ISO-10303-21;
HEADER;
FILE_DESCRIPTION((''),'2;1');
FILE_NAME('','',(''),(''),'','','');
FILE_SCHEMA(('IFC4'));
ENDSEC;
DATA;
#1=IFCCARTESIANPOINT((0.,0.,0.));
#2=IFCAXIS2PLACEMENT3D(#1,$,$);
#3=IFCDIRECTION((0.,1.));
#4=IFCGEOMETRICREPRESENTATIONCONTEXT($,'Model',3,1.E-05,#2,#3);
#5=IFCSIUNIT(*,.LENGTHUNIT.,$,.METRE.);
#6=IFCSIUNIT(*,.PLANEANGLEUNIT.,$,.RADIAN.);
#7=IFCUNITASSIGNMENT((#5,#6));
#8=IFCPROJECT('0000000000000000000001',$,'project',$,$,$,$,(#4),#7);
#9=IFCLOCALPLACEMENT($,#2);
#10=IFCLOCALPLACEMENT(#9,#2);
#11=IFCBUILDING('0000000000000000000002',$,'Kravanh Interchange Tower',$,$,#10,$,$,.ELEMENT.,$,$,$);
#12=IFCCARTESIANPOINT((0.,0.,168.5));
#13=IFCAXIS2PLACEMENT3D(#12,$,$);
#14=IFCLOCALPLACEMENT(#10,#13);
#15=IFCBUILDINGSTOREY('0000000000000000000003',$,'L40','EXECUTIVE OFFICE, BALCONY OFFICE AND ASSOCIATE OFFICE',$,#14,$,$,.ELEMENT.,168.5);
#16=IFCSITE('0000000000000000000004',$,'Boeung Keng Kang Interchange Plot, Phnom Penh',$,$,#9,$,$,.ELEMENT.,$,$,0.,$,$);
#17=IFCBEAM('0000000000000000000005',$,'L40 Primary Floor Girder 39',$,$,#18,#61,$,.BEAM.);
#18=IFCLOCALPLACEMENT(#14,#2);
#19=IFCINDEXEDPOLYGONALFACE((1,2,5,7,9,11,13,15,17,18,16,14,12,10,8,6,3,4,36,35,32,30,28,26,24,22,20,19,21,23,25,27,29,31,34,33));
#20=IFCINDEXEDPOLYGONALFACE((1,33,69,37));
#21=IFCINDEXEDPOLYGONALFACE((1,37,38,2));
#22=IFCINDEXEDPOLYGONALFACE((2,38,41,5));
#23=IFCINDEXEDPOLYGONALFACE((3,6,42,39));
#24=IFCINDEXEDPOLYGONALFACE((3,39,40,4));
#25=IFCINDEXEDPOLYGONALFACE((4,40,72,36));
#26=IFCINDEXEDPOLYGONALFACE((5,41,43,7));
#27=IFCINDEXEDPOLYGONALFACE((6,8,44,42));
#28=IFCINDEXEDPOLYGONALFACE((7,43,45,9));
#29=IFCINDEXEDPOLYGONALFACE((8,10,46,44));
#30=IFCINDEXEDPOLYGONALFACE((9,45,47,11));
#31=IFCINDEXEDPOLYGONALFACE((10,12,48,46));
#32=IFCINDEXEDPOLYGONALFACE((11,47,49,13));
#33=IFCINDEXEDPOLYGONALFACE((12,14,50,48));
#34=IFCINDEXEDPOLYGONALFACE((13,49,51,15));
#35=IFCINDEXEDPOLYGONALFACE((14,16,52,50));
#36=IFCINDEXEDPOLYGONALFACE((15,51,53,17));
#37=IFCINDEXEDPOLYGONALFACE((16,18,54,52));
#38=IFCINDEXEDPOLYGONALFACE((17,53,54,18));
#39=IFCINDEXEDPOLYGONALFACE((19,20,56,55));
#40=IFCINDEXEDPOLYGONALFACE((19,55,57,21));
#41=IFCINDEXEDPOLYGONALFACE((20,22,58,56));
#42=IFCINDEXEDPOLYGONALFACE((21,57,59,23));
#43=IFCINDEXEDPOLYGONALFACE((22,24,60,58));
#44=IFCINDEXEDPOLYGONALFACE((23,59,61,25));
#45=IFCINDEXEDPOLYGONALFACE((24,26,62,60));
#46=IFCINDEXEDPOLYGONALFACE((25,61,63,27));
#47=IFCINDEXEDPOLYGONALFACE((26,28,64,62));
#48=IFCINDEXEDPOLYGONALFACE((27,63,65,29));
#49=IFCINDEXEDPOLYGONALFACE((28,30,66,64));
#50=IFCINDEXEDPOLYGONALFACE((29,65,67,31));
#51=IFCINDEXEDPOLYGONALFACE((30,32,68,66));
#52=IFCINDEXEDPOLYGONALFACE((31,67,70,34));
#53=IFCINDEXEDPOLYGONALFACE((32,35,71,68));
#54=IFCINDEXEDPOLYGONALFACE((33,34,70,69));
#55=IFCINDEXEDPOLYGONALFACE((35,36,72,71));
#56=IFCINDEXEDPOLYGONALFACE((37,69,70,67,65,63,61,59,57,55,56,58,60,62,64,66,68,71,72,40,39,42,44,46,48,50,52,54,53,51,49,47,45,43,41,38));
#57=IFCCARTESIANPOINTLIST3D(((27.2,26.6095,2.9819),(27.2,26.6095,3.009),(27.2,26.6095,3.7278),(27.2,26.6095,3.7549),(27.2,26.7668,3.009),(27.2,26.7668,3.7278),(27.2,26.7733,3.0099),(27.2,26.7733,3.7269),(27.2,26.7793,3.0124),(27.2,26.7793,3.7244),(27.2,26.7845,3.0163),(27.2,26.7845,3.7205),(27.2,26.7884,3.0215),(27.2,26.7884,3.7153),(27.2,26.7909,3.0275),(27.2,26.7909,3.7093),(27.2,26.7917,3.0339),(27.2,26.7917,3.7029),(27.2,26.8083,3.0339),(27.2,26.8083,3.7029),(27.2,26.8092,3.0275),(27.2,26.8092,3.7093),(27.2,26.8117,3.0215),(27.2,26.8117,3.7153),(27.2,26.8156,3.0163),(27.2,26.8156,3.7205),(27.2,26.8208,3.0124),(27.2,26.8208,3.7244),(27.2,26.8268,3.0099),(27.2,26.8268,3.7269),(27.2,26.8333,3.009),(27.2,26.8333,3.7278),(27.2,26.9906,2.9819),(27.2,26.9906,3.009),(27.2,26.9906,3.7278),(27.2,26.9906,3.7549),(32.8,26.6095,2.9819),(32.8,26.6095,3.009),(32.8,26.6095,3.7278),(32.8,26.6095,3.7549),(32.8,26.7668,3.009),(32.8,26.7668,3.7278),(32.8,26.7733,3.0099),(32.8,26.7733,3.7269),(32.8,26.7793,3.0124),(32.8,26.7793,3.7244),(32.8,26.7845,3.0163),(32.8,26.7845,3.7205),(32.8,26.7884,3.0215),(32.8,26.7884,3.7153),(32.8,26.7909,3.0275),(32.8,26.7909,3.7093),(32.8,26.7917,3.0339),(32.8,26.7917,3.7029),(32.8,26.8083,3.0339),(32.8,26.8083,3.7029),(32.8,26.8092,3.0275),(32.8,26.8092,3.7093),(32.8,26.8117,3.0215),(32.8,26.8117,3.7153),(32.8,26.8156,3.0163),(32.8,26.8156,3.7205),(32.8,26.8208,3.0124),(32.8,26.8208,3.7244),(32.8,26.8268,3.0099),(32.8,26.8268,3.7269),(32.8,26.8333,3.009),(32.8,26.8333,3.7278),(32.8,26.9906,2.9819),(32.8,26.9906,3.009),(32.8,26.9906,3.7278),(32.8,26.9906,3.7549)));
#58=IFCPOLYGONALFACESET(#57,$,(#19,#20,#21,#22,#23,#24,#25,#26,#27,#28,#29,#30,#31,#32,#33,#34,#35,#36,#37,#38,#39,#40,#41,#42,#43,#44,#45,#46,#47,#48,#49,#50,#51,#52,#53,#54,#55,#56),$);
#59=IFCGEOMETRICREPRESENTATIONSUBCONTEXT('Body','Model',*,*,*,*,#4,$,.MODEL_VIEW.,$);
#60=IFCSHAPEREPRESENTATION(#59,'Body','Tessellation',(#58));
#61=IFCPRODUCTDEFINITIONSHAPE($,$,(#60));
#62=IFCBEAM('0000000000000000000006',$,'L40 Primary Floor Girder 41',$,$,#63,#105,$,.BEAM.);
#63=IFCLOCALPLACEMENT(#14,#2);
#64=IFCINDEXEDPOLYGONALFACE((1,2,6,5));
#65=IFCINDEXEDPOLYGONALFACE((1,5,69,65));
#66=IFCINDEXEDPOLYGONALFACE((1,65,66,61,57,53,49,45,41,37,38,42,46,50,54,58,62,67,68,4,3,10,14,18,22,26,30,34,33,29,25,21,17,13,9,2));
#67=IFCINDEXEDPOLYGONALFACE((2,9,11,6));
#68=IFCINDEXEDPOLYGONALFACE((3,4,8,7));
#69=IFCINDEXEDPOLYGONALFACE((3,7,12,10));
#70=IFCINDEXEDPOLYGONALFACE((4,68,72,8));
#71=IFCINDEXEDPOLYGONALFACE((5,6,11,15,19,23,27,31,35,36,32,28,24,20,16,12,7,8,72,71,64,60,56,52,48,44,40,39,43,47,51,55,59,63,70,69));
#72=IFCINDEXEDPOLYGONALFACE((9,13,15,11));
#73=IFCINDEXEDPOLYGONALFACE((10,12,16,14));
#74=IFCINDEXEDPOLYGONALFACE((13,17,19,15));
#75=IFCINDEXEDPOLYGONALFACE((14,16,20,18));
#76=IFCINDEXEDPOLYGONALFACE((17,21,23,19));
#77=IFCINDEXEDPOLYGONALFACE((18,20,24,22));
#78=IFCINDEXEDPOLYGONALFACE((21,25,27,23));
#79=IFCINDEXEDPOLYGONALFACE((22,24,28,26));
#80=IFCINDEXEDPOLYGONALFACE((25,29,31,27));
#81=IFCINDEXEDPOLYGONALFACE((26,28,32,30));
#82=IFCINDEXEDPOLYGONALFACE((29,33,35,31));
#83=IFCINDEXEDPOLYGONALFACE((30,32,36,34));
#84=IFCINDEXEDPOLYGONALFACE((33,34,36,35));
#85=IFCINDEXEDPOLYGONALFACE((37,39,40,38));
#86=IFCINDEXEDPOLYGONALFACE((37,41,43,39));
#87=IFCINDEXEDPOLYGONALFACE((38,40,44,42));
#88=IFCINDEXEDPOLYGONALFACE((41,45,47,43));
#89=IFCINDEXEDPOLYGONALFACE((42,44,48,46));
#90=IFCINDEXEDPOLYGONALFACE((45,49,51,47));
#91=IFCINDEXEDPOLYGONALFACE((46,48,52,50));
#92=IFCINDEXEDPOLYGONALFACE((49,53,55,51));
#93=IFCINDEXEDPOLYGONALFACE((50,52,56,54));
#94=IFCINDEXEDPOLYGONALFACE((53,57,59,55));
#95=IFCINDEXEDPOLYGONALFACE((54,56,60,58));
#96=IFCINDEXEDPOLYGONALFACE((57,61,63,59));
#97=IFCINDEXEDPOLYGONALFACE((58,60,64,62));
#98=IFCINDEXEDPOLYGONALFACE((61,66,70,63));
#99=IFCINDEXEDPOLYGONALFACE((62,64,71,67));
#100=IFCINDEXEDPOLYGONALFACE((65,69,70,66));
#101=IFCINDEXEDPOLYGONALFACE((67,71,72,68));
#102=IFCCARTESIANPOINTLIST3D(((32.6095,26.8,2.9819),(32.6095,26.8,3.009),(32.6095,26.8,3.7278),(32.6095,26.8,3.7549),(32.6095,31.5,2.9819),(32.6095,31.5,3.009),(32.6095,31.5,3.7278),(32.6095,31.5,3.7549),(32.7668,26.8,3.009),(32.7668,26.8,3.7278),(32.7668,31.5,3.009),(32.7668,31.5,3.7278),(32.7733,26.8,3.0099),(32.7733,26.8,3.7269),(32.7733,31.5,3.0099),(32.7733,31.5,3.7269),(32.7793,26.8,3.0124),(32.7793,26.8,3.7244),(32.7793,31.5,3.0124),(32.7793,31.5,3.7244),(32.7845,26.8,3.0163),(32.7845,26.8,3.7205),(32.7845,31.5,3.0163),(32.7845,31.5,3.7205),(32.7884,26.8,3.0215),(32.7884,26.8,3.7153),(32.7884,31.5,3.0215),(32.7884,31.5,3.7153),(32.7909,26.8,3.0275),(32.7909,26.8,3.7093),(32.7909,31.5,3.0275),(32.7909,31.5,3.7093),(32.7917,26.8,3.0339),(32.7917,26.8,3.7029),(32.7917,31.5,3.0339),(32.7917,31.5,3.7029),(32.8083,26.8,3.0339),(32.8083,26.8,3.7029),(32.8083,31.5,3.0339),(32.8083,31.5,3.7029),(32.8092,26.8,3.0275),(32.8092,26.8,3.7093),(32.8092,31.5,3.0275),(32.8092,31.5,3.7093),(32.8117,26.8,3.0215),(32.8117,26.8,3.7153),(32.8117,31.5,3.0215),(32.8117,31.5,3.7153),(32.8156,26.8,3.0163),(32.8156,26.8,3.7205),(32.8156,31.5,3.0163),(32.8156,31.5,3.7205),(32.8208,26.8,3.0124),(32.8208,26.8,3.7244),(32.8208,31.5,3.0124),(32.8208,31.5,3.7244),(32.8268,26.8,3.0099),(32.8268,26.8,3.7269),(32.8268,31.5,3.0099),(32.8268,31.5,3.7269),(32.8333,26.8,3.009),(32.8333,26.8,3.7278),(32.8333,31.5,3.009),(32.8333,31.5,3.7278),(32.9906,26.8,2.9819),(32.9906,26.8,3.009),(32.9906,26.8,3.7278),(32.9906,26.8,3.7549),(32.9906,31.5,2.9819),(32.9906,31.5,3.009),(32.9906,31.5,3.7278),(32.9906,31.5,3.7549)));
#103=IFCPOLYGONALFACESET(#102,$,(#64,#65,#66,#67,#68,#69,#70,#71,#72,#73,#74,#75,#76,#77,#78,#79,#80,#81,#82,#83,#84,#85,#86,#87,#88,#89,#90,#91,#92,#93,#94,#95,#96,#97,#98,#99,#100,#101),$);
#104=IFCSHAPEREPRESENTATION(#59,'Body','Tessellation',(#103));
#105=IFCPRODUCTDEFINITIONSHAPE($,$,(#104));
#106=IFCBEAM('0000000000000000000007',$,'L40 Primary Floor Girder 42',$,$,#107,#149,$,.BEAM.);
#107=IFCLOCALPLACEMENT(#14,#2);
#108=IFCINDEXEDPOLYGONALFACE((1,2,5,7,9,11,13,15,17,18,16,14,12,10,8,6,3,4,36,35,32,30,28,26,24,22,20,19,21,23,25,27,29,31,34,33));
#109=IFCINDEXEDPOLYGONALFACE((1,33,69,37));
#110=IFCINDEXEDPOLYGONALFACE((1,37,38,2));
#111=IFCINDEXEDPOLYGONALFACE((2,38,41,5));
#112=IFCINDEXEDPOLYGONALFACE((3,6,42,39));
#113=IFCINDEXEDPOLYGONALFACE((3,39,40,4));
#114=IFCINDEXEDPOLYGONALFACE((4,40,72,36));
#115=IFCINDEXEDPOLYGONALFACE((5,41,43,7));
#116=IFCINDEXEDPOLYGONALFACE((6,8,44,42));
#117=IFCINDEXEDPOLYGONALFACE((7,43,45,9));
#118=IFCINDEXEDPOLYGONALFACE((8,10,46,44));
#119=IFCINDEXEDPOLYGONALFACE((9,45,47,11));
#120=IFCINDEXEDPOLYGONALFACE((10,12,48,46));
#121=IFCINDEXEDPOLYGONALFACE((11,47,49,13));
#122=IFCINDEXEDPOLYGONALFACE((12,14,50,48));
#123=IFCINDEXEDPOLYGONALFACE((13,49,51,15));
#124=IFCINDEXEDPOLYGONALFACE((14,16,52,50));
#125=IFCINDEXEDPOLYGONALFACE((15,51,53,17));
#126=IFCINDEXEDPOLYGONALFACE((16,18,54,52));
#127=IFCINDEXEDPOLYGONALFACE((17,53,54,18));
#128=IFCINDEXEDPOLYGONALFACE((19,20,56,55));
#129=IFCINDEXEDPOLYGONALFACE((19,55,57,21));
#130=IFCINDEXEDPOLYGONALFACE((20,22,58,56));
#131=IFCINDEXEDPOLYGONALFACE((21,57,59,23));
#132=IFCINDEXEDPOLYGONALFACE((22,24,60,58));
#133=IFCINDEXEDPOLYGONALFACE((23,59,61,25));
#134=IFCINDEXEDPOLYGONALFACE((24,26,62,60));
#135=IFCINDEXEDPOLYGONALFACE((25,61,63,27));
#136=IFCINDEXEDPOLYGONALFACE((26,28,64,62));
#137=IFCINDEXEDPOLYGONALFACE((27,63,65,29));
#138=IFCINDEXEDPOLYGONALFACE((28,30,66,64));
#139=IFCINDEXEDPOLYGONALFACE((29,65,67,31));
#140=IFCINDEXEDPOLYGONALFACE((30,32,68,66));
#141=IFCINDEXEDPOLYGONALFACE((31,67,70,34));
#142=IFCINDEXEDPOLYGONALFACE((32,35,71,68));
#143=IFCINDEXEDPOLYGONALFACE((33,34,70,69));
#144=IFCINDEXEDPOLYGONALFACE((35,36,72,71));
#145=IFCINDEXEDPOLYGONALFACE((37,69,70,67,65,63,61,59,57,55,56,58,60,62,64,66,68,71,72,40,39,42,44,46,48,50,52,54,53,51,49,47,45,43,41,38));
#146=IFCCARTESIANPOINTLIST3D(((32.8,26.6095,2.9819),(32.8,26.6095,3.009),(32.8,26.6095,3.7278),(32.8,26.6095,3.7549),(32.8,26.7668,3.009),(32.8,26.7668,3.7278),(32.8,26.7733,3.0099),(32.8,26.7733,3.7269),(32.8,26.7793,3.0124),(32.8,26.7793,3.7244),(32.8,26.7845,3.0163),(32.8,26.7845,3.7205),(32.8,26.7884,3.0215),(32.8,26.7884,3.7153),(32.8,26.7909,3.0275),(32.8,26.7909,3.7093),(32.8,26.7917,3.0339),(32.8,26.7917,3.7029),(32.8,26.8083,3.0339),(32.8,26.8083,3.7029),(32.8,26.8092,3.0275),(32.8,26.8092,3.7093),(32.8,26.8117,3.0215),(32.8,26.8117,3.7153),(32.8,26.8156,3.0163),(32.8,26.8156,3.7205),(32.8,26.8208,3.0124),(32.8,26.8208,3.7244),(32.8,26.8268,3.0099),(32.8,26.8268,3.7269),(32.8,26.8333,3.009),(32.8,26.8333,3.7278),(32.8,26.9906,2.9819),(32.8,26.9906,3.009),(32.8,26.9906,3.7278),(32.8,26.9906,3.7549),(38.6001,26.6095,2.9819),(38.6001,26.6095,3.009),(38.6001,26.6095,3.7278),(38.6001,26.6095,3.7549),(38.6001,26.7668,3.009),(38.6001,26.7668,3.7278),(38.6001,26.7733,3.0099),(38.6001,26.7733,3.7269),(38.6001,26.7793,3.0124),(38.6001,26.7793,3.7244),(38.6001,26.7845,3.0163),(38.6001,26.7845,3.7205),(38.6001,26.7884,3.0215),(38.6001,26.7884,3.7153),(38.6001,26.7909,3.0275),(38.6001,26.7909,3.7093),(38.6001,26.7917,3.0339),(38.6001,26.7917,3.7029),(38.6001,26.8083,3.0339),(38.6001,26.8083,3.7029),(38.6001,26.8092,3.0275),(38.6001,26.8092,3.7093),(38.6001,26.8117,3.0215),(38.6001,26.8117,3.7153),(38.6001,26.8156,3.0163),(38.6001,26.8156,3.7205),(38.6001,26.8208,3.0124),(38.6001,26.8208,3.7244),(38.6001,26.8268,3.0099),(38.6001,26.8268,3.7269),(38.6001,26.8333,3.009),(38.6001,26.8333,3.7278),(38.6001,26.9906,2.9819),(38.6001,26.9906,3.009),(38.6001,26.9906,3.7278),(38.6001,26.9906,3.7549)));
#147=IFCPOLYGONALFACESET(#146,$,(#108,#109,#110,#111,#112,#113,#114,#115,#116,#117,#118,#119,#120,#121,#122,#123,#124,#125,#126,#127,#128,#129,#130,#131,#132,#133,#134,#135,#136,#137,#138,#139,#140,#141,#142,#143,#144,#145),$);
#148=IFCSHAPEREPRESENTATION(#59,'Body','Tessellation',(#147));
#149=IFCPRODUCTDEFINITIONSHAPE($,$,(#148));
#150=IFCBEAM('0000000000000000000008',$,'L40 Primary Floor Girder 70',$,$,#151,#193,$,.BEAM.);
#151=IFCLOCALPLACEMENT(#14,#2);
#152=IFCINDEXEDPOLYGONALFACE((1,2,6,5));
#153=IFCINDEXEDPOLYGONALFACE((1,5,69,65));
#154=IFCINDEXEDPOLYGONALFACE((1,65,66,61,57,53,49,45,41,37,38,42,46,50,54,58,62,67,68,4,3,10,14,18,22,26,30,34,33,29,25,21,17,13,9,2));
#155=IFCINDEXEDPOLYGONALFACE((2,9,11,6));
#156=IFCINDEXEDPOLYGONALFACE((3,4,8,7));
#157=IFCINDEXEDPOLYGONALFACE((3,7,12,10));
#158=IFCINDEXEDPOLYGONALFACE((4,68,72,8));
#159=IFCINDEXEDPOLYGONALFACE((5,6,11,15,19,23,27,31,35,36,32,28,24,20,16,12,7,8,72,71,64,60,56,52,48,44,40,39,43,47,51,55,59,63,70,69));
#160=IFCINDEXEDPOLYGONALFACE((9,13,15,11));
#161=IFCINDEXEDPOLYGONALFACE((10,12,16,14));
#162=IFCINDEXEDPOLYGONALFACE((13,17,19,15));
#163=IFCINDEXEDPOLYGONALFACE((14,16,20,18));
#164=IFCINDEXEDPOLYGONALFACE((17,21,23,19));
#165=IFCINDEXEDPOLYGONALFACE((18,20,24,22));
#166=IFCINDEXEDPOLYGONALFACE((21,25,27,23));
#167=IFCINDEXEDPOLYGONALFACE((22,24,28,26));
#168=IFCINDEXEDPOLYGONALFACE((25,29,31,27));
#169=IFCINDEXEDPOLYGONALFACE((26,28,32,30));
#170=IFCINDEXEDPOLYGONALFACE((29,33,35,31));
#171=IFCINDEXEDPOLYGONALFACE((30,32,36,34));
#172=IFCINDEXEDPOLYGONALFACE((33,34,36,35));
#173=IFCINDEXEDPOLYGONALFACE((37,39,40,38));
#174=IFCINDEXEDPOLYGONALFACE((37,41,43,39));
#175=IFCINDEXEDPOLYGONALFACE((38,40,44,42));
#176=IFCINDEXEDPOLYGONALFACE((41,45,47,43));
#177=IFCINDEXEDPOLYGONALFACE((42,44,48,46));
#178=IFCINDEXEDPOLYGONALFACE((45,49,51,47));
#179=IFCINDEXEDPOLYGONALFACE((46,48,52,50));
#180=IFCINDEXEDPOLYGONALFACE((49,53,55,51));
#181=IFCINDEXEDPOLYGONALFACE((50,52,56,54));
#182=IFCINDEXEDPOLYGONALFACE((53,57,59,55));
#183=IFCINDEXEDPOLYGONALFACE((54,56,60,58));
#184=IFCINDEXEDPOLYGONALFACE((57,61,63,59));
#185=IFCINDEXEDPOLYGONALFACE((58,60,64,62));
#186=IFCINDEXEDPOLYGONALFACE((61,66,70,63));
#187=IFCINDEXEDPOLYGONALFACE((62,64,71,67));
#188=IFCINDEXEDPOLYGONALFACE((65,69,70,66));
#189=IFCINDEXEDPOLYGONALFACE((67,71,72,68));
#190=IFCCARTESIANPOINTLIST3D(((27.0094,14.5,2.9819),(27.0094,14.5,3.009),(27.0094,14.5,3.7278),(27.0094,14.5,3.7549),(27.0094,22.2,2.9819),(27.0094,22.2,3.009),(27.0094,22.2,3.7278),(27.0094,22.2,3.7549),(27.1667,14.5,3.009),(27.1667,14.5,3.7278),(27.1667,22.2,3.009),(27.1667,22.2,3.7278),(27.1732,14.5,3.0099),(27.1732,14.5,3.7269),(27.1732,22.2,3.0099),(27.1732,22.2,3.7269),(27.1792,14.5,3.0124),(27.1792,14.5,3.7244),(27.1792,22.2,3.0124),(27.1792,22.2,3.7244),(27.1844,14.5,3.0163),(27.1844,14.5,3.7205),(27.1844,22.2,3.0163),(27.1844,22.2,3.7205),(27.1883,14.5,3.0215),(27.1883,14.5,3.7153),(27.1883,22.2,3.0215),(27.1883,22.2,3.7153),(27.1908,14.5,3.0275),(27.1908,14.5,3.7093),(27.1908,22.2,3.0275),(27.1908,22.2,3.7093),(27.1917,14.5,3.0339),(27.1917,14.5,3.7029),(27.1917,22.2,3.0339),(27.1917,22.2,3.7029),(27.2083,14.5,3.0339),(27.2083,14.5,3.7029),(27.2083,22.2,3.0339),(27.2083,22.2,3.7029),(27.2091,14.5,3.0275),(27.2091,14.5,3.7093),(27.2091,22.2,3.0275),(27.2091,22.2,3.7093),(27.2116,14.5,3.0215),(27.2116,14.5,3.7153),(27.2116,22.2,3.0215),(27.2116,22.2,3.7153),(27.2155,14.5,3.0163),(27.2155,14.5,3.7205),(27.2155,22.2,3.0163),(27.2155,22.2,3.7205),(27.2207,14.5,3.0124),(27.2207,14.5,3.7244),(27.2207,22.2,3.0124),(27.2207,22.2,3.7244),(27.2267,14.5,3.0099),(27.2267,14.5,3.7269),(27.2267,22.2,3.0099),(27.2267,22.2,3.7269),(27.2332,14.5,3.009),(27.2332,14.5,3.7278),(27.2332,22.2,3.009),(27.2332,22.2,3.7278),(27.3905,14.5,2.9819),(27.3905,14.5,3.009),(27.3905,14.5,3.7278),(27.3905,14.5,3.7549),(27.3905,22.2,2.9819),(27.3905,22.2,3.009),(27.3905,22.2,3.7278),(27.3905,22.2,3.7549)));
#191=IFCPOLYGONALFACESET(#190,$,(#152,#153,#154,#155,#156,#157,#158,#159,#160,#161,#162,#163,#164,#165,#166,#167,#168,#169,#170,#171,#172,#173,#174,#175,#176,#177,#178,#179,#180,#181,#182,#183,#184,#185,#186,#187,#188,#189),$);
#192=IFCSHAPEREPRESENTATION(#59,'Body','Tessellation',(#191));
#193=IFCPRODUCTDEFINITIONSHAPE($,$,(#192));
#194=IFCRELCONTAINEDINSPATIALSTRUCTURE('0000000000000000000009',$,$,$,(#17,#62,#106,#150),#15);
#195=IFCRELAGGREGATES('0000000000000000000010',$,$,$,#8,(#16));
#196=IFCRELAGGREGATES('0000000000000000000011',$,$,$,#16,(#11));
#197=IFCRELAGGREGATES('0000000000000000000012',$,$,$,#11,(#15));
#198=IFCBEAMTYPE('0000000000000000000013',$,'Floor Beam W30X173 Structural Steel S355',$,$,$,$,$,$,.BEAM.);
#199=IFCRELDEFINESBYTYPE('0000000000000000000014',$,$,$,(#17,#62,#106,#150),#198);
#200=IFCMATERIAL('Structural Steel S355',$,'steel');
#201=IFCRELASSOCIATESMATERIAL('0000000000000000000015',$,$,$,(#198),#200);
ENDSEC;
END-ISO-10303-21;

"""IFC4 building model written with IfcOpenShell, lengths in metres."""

from ifc_helpers import new_model, si_unit, direction, frame, origin, origin_2d, place, context, subcontext, project, spatial, i_section, extrude, material, material_profile, profile_set, type_object, element, save


model = new_model("IFC4")

# Units and contexts
model_context = context("Model", 3, precision=1e-05, world=origin(), true_north=direction((0.0, 1.0)))
body_context = subcontext(model_context, "Body", "Model", "MODEL_VIEW")
ifc_project = project(units=[si_unit("LENGTHUNIT", "METRE"), si_unit("PLANEANGLEUNIT", "RADIAN")], contexts=[model_context])

# Site, building, storey
site_placement = place(None, origin())
site = spatial("IfcSite", under=ifc_project, at=site_placement, Name="Boeung Keng Kang Interchange Plot, Phnom Penh", CompositionType="ELEMENT", RefElevation=0.0)
building_placement = place(site_placement, origin())
building = spatial("IfcBuilding", under=site, at=building_placement, Name="Kravanh Interchange Tower", CompositionType="ELEMENT")
storey_placement = place(building_placement, frame((0.0, 0.0, 168.5)))
storey = spatial("IfcBuildingStorey", under=building, at=storey_placement, Name="L40", Description="EXECUTIVE OFFICE, BALCONY OFFICE AND ASSOCIATE OFFICE", CompositionType="ELEMENT", Elevation=168.5)

# Beams
ifc_material_1 = material(Name="Structural Steel S355", Category="steel")
ifc_material_profile_1 = material_profile(ifc_material_1, i_section(OverallWidth=0.3811, OverallDepth=0.7729, WebThickness=0.0166, FlangeThickness=0.0271, FilletRadius=0.0249, at=origin_2d()), Name="W30X173")
ifc_profile_set_1 = profile_set([ifc_material_profile_1], Name="Structural Steel S355")
beam_type_1 = type_object("IfcBeamType", Name="Floor Beam W30X173 Structural Steel S355", PredefinedType="BEAM", material=ifc_profile_set_1)
beam_1_placement = place(storey_placement, frame((27.2, 26.8, 3.3684), z_axis=(1.0, 0.0, 0.0), x_axis=(0.0, 1.0, 0.0)))
element("IfcBeam", 1, at=beam_1_placement, inside=storey, type_object=beam_type_1, Name="L40 Primary Floor Girder 39", PredefinedType="BEAM", context=body_context, shape_type="SweptSolid", body=[
    extrude(i_section(OverallWidth=0.3811, OverallDepth=0.7729, WebThickness=0.0166, FlangeThickness=0.0271, FilletRadius=0.0249, at=origin_2d()), origin(), (0.0, 0.0, 1.0), 5.6001),
])
beam_2_placement = place(storey_placement, frame((32.8, 26.8, 3.3684), z_axis=(0.0, 1.0, 0.0), x_axis=(-1.0, 0.0, 0.0)))
element("IfcBeam", 2, at=beam_2_placement, inside=storey, type_object=beam_type_1, Name="L40 Primary Floor Girder 41", PredefinedType="BEAM", context=body_context, shape_type="SweptSolid", body=[
    extrude(i_section(OverallWidth=0.3811, OverallDepth=0.7729, WebThickness=0.0166, FlangeThickness=0.0271, FilletRadius=0.0249, at=origin_2d()), origin(), (0.0, 0.0, 1.0), 4.7),
])
beam_3_placement = place(storey_placement, frame((32.8, 26.8, 3.3684), z_axis=(1.0, 0.0, 0.0), x_axis=(0.0, 1.0, 0.0)))
element("IfcBeam", 3, at=beam_3_placement, inside=storey, type_object=beam_type_1, Name="L40 Primary Floor Girder 42", PredefinedType="BEAM", context=body_context, shape_type="SweptSolid", body=[
    extrude(i_section(OverallWidth=0.3811, OverallDepth=0.7729, WebThickness=0.0166, FlangeThickness=0.0271, FilletRadius=0.0249, at=origin_2d()), origin(), (0.0, 0.0, 1.0), 5.8),
])
beam_4_placement = place(storey_placement, frame((27.2, 14.5, 3.3684), z_axis=(0.0, 1.0, 0.0), x_axis=(-1.0, 0.0, 0.0)))
element("IfcBeam", 4, at=beam_4_placement, inside=storey, type_object=beam_type_1, Name="L40 Primary Floor Girder 70", PredefinedType="BEAM", context=body_context, shape_type="SweptSolid", body=[
    extrude(i_section(OverallWidth=0.3811, OverallDepth=0.7729, WebThickness=0.0166, FlangeThickness=0.0271, FilletRadius=0.0249, at=origin_2d()), origin(), (0.0, 0.0, 1.0), 7.7),
])

save(model, "model.ifc")
